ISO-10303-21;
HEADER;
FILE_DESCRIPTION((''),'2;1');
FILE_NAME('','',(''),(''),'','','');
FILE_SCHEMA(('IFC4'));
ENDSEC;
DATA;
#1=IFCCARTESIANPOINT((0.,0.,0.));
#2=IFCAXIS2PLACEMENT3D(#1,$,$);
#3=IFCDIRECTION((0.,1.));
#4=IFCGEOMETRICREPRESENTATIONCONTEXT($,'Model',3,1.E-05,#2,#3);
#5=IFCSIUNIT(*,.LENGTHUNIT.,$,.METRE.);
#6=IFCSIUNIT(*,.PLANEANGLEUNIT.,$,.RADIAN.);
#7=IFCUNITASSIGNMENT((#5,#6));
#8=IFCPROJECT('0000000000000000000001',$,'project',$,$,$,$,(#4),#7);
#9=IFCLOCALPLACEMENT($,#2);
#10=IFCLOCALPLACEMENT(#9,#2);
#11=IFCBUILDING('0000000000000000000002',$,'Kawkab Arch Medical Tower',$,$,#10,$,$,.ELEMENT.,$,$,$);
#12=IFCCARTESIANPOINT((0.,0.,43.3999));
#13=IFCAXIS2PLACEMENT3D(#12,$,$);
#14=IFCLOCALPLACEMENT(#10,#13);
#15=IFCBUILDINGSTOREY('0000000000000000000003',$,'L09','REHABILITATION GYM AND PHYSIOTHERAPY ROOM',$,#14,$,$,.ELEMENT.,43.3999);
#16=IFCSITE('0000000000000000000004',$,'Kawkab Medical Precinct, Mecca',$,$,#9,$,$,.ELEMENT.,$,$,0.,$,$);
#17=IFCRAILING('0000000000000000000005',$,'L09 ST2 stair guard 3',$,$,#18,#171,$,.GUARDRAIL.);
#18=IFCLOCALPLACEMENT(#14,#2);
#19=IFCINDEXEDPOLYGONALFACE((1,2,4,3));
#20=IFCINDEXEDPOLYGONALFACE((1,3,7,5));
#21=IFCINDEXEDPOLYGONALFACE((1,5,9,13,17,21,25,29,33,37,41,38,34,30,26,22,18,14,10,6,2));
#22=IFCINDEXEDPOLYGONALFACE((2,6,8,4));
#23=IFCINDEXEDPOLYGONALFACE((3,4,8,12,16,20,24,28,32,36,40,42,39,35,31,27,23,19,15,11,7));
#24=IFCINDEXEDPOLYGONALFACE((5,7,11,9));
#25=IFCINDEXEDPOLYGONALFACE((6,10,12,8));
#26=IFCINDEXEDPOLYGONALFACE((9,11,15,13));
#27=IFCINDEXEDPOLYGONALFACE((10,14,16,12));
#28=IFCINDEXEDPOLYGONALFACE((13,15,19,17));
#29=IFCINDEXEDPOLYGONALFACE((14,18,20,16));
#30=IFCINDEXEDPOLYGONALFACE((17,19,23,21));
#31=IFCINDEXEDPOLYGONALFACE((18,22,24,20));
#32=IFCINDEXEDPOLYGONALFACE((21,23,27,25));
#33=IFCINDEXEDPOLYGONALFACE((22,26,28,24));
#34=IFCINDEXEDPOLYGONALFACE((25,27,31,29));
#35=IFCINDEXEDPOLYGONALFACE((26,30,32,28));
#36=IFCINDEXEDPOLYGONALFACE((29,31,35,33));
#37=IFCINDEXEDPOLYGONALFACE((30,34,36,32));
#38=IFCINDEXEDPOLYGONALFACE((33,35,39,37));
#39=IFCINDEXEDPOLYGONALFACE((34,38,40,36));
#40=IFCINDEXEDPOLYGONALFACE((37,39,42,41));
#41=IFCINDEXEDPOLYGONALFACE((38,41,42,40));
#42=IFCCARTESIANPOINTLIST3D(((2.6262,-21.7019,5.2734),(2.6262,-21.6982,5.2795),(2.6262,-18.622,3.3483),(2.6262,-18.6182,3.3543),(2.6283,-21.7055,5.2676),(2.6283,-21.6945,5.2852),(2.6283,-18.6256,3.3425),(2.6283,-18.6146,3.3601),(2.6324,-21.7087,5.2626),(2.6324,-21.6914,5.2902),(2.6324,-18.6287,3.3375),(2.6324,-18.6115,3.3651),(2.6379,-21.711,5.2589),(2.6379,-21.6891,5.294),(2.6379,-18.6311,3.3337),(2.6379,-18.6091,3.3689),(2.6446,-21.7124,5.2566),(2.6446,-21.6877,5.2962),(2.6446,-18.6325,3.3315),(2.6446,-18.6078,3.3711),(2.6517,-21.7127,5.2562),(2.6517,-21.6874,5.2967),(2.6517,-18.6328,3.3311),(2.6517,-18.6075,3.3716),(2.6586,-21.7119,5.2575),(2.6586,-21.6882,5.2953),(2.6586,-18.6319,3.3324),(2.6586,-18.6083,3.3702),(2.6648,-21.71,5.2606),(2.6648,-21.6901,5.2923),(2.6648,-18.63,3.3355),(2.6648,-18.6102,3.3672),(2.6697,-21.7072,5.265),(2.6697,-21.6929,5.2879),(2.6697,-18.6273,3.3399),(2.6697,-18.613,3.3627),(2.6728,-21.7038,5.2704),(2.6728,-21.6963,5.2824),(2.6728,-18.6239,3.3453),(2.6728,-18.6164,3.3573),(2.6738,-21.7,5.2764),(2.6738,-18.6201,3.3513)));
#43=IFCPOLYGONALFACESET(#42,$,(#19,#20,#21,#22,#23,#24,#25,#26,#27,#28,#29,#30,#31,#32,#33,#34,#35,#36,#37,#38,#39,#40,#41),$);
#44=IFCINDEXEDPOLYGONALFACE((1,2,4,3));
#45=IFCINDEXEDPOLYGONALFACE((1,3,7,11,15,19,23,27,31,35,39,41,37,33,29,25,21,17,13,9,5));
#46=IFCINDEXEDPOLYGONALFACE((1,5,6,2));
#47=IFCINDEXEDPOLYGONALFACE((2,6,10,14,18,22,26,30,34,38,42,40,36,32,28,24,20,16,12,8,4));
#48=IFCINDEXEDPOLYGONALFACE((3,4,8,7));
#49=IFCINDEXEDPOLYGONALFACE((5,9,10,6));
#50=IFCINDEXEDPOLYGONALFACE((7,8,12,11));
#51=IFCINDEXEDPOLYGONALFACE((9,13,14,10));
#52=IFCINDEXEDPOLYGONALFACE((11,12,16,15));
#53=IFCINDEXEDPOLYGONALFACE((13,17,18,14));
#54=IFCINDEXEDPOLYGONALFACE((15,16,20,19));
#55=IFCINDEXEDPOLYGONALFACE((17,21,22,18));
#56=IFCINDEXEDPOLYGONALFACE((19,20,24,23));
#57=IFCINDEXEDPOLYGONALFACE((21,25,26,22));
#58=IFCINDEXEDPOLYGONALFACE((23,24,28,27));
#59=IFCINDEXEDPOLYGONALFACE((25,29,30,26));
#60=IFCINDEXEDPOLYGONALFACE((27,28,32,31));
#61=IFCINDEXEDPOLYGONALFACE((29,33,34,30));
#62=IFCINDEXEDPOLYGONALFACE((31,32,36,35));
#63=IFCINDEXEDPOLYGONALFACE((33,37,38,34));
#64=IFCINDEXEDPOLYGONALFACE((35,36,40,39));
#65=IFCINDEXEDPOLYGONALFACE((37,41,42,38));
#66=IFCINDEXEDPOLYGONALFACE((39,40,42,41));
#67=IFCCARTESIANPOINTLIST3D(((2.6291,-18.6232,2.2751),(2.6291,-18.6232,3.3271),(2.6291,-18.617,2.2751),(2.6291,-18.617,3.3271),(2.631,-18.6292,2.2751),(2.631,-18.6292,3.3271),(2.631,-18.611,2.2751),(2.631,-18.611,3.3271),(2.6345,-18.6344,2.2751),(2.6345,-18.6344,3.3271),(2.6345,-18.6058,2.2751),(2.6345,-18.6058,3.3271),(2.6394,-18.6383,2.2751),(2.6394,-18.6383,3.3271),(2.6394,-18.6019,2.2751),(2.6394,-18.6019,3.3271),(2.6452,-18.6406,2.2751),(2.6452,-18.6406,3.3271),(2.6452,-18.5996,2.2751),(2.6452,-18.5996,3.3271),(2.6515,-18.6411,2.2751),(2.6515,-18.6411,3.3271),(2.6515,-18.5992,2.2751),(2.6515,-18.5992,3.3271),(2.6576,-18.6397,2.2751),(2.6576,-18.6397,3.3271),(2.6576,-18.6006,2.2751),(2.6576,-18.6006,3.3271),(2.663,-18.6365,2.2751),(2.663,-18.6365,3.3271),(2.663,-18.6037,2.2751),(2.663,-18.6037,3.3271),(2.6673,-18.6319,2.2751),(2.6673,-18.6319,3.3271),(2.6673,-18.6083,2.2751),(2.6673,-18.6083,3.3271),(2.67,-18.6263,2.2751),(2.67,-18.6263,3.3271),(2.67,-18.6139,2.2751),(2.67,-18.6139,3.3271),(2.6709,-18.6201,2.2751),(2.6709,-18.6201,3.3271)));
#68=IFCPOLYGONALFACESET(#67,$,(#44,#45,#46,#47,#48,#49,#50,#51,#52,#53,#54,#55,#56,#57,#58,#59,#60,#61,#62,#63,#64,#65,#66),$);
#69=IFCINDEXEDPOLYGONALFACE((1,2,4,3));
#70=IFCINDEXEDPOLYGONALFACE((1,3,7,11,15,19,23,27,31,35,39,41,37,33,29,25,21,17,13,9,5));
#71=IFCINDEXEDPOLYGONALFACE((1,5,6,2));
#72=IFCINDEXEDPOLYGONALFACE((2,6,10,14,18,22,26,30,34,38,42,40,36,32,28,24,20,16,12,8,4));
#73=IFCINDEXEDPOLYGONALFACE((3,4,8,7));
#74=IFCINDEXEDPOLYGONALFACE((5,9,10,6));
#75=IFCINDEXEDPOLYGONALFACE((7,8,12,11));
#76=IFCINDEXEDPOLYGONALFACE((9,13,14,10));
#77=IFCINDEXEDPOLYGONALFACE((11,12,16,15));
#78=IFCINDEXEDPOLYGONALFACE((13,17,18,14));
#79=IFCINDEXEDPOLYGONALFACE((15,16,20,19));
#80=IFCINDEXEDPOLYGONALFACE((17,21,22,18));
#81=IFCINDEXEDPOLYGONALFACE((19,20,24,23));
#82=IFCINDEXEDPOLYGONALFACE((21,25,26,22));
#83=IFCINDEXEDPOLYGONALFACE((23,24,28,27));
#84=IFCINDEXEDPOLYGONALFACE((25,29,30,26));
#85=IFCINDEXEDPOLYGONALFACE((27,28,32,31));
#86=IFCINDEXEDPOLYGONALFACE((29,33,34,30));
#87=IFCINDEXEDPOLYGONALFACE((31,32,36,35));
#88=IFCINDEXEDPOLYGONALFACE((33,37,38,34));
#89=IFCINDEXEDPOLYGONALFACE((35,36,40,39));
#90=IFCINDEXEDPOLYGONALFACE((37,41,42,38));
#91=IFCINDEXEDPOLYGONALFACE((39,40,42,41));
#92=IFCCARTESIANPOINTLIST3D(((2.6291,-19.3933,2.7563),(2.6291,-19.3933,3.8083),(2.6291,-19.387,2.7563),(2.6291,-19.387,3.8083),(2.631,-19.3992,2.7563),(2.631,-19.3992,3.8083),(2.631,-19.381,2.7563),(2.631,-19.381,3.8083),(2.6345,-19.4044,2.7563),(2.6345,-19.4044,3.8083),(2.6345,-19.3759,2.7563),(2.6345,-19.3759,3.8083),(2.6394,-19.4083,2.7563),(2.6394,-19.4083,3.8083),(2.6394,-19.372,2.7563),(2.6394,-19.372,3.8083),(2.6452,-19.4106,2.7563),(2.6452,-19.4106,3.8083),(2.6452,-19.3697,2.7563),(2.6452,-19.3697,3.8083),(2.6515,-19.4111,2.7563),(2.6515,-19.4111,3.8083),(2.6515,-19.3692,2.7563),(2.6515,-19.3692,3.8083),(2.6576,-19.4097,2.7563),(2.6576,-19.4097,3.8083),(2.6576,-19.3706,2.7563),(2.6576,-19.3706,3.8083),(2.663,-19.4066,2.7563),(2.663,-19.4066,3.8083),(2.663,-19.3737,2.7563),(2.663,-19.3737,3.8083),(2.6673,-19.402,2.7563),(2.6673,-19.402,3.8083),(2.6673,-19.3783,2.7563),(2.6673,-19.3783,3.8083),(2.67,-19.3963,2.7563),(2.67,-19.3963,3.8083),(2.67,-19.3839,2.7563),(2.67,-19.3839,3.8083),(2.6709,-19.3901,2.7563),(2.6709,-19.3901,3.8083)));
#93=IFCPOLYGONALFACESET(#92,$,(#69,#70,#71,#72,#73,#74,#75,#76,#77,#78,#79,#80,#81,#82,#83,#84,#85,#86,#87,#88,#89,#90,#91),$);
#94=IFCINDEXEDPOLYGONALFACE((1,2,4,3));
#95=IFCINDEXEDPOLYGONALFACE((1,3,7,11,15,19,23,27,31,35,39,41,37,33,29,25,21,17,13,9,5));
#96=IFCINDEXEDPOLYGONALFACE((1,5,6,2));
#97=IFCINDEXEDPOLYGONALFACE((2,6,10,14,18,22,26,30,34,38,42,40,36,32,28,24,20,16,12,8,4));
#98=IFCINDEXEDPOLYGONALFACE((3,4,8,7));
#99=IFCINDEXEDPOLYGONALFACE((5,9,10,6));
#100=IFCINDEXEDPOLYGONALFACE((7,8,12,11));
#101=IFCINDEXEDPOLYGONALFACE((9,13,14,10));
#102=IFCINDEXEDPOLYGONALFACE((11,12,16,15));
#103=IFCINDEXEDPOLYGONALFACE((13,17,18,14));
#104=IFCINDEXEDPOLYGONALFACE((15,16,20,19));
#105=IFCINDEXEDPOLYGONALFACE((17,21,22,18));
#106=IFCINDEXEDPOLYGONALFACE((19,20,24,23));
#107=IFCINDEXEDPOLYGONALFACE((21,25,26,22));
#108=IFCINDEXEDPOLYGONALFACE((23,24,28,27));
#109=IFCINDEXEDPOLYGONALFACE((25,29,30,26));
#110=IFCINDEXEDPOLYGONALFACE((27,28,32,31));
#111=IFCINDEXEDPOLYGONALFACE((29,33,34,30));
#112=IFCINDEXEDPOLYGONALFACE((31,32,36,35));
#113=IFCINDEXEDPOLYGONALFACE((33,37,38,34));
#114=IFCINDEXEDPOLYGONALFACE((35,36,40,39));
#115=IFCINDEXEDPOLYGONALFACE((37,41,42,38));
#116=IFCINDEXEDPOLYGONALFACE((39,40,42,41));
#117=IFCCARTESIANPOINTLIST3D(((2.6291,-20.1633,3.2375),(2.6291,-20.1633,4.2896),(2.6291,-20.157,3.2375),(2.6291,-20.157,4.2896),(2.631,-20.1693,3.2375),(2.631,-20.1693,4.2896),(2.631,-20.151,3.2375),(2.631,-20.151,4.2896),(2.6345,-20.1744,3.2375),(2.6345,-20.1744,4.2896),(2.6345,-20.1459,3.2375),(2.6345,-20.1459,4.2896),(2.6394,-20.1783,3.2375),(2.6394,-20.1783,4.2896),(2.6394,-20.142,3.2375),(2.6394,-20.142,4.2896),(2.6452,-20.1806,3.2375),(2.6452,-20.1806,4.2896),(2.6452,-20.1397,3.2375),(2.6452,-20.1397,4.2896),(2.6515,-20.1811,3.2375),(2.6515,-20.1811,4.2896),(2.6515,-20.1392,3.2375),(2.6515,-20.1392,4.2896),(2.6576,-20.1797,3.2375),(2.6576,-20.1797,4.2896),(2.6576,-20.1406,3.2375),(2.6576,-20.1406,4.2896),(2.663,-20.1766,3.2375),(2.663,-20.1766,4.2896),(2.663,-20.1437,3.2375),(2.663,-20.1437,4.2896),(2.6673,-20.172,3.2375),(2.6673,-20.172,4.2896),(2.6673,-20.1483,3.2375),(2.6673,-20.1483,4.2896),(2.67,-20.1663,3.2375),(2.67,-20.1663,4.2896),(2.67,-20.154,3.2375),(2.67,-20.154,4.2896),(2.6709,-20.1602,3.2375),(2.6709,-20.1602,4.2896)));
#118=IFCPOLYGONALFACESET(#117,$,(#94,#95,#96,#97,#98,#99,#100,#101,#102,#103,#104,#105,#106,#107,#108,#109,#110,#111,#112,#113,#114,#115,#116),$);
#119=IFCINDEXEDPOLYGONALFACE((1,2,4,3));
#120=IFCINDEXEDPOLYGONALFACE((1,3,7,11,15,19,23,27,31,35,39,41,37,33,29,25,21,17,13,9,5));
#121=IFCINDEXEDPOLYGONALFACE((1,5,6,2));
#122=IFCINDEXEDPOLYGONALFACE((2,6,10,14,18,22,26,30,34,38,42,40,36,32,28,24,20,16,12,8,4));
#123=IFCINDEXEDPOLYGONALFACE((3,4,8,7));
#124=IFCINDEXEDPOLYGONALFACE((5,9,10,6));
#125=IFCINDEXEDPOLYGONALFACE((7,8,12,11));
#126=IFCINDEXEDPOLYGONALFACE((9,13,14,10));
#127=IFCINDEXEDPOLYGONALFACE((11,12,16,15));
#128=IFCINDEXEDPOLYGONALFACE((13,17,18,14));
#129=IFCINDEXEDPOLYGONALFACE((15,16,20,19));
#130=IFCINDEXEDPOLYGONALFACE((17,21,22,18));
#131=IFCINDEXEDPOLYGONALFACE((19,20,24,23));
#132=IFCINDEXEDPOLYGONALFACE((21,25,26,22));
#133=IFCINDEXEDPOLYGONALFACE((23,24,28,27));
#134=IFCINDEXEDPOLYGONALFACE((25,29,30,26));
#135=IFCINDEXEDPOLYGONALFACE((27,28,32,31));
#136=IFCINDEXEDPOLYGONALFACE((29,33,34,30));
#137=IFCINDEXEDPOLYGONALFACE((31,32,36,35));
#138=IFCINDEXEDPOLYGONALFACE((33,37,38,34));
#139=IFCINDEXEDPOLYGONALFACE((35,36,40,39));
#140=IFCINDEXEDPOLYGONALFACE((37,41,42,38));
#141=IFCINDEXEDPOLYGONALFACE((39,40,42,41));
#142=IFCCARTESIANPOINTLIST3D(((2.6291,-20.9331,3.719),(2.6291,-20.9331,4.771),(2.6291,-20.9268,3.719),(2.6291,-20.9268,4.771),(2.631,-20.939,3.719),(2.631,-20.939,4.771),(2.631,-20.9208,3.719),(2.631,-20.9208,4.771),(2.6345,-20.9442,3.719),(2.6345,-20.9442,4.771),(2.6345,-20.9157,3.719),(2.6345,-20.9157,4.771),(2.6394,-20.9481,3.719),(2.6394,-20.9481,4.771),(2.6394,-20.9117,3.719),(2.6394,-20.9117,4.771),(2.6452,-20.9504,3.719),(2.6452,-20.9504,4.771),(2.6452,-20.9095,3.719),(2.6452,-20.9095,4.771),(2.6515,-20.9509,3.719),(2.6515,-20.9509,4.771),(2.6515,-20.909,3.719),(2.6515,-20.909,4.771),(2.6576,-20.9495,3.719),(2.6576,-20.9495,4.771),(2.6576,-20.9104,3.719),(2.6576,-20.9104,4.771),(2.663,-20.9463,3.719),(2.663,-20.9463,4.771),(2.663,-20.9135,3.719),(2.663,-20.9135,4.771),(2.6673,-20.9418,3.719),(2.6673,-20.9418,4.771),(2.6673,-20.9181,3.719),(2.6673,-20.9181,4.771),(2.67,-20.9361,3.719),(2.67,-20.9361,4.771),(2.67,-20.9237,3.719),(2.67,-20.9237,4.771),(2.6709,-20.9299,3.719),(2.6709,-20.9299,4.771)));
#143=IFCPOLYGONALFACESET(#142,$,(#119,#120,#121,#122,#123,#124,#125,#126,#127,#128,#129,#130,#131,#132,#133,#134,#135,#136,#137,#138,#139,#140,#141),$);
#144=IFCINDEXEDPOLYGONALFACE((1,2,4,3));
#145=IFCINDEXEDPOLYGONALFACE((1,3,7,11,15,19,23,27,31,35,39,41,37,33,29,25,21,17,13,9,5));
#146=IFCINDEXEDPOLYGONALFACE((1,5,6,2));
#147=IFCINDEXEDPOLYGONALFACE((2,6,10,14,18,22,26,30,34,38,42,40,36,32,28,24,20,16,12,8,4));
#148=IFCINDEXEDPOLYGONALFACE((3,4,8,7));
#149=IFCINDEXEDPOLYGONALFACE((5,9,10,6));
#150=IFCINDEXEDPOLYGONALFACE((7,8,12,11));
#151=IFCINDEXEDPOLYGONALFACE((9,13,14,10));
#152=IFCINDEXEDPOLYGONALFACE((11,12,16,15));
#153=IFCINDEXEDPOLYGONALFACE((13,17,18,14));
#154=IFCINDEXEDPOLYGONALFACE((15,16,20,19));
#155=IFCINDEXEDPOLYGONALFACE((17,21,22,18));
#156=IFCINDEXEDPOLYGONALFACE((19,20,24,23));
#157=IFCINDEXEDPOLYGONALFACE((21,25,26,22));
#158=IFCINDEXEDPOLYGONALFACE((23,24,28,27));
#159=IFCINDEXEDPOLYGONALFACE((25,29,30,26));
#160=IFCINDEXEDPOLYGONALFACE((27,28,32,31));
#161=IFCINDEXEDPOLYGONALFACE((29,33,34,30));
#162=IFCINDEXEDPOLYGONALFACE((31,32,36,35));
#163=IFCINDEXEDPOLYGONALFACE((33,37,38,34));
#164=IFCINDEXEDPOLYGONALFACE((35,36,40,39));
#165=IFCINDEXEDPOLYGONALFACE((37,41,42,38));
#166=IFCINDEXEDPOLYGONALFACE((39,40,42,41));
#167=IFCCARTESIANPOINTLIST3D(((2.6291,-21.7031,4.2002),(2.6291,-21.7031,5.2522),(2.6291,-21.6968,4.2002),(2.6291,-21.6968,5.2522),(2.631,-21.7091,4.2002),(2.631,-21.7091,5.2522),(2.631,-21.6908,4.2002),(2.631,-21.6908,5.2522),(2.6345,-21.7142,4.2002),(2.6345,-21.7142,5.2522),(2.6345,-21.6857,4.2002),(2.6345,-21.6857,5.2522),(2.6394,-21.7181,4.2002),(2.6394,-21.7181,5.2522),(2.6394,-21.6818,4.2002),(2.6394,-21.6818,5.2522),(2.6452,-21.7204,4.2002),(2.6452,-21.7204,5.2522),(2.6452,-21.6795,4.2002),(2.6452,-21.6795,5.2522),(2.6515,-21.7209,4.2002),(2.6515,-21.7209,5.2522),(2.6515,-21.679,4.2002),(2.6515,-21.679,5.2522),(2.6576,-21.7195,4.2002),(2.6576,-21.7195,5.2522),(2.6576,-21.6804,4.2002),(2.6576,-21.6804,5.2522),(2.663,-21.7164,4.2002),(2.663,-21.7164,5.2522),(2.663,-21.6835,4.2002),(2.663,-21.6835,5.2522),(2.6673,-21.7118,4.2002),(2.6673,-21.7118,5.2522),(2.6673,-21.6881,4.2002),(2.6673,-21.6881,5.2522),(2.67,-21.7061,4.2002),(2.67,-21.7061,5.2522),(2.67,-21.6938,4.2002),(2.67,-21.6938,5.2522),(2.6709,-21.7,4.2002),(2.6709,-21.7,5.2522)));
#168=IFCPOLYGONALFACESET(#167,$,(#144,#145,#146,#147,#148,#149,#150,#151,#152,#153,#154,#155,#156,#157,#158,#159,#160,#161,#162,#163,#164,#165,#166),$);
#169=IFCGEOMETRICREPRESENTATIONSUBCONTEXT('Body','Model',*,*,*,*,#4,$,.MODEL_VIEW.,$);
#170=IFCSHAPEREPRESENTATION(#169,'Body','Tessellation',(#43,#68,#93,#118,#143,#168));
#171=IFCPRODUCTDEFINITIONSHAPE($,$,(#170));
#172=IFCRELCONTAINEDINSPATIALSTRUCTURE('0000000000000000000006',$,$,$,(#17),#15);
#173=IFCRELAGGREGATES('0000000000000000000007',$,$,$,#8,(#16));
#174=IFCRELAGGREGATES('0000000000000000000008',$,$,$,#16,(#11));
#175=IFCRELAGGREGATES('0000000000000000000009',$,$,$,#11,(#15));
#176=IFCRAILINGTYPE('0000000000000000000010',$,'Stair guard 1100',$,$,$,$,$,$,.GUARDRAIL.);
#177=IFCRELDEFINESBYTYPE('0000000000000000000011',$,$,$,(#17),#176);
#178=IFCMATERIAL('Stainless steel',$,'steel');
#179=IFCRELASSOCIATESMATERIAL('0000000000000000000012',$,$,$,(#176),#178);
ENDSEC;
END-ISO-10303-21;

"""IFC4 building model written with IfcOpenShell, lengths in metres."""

from ifc_helpers import new_model, si_unit, direction, frame, origin, origin_2d, place, context, subcontext, project, spatial, circle, extrude, material, type_object, element, save


model = new_model("IFC4")

# Units and contexts
model_context = context("Model", 3, precision=1e-05, world=origin(), true_north=direction((0.0, 1.0)))
body_context = subcontext(model_context, "Body", "Model", "MODEL_VIEW")
ifc_project = project(units=[si_unit("LENGTHUNIT", "METRE"), si_unit("PLANEANGLEUNIT", "RADIAN")], contexts=[model_context])

# Site, building, storey
site_placement = place(None, origin())
site = spatial("IfcSite", under=ifc_project, at=site_placement, Name="Kawkab Medical Precinct, Mecca", CompositionType="ELEMENT", RefElevation=0.0)
building_placement = place(site_placement, origin())
building = spatial("IfcBuilding", under=site, at=building_placement, Name="Kawkab Arch Medical Tower", CompositionType="ELEMENT")
storey_placement = place(building_placement, frame((0.0, 0.0, 43.3999)))
storey = spatial("IfcBuildingStorey", under=building, at=storey_placement, Name="L09", Description="REHABILITATION GYM AND PHYSIOTHERAPY ROOM", CompositionType="ELEMENT", Elevation=43.3999)

# Railing
ifc_material_1 = material(Name="Stainless steel", Category="steel")
railing_type = type_object("IfcRailingType", Name="Stair guard 1100", PredefinedType="GUARDRAIL", material=ifc_material_1)
railing_1_placement = place(storey_placement, frame((2.6499, -18.6201, 2.2751)))
element("IfcRailing", 1, at=railing_1_placement, inside=storey, type_object=railing_type, Name="L09 ST2 stair guard 3", PredefinedType="GUARDRAIL", context=body_context, shape_type="SweptSolid", body=[
    extrude(circle(Radius=0.0239, at=origin_2d()), frame((0.0, 0.0, 1.0762), z_axis=(0.0, -0.847979, 0.530029), x_axis=(1.0, 0.0, 0.0)), (0.0, 0.0, 1.0), 3.6321),
    extrude(circle(Radius=0.021, at=origin_2d()), origin(), (0.0, 0.0, 1.0), 1.052),
    extrude(circle(Radius=0.021, at=origin_2d()), frame((0.0, -0.77, 0.4812)), (0.0, 0.0, 1.0), 1.052),
    extrude(circle(Radius=0.021, at=origin_2d()), frame((0.0, -1.54, 0.9624)), (0.0, 0.0, 1.0), 1.052),
    extrude(circle(Radius=0.021, at=origin_2d()), frame((0.0, -2.3098, 1.4438)), (0.0, 0.0, 1.0), 1.052),
    extrude(circle(Radius=0.021, at=origin_2d()), frame((0.0, -3.0798, 1.925)), (0.0, 0.0, 1.0), 1.052),
])

save(model, "model.ifc")
